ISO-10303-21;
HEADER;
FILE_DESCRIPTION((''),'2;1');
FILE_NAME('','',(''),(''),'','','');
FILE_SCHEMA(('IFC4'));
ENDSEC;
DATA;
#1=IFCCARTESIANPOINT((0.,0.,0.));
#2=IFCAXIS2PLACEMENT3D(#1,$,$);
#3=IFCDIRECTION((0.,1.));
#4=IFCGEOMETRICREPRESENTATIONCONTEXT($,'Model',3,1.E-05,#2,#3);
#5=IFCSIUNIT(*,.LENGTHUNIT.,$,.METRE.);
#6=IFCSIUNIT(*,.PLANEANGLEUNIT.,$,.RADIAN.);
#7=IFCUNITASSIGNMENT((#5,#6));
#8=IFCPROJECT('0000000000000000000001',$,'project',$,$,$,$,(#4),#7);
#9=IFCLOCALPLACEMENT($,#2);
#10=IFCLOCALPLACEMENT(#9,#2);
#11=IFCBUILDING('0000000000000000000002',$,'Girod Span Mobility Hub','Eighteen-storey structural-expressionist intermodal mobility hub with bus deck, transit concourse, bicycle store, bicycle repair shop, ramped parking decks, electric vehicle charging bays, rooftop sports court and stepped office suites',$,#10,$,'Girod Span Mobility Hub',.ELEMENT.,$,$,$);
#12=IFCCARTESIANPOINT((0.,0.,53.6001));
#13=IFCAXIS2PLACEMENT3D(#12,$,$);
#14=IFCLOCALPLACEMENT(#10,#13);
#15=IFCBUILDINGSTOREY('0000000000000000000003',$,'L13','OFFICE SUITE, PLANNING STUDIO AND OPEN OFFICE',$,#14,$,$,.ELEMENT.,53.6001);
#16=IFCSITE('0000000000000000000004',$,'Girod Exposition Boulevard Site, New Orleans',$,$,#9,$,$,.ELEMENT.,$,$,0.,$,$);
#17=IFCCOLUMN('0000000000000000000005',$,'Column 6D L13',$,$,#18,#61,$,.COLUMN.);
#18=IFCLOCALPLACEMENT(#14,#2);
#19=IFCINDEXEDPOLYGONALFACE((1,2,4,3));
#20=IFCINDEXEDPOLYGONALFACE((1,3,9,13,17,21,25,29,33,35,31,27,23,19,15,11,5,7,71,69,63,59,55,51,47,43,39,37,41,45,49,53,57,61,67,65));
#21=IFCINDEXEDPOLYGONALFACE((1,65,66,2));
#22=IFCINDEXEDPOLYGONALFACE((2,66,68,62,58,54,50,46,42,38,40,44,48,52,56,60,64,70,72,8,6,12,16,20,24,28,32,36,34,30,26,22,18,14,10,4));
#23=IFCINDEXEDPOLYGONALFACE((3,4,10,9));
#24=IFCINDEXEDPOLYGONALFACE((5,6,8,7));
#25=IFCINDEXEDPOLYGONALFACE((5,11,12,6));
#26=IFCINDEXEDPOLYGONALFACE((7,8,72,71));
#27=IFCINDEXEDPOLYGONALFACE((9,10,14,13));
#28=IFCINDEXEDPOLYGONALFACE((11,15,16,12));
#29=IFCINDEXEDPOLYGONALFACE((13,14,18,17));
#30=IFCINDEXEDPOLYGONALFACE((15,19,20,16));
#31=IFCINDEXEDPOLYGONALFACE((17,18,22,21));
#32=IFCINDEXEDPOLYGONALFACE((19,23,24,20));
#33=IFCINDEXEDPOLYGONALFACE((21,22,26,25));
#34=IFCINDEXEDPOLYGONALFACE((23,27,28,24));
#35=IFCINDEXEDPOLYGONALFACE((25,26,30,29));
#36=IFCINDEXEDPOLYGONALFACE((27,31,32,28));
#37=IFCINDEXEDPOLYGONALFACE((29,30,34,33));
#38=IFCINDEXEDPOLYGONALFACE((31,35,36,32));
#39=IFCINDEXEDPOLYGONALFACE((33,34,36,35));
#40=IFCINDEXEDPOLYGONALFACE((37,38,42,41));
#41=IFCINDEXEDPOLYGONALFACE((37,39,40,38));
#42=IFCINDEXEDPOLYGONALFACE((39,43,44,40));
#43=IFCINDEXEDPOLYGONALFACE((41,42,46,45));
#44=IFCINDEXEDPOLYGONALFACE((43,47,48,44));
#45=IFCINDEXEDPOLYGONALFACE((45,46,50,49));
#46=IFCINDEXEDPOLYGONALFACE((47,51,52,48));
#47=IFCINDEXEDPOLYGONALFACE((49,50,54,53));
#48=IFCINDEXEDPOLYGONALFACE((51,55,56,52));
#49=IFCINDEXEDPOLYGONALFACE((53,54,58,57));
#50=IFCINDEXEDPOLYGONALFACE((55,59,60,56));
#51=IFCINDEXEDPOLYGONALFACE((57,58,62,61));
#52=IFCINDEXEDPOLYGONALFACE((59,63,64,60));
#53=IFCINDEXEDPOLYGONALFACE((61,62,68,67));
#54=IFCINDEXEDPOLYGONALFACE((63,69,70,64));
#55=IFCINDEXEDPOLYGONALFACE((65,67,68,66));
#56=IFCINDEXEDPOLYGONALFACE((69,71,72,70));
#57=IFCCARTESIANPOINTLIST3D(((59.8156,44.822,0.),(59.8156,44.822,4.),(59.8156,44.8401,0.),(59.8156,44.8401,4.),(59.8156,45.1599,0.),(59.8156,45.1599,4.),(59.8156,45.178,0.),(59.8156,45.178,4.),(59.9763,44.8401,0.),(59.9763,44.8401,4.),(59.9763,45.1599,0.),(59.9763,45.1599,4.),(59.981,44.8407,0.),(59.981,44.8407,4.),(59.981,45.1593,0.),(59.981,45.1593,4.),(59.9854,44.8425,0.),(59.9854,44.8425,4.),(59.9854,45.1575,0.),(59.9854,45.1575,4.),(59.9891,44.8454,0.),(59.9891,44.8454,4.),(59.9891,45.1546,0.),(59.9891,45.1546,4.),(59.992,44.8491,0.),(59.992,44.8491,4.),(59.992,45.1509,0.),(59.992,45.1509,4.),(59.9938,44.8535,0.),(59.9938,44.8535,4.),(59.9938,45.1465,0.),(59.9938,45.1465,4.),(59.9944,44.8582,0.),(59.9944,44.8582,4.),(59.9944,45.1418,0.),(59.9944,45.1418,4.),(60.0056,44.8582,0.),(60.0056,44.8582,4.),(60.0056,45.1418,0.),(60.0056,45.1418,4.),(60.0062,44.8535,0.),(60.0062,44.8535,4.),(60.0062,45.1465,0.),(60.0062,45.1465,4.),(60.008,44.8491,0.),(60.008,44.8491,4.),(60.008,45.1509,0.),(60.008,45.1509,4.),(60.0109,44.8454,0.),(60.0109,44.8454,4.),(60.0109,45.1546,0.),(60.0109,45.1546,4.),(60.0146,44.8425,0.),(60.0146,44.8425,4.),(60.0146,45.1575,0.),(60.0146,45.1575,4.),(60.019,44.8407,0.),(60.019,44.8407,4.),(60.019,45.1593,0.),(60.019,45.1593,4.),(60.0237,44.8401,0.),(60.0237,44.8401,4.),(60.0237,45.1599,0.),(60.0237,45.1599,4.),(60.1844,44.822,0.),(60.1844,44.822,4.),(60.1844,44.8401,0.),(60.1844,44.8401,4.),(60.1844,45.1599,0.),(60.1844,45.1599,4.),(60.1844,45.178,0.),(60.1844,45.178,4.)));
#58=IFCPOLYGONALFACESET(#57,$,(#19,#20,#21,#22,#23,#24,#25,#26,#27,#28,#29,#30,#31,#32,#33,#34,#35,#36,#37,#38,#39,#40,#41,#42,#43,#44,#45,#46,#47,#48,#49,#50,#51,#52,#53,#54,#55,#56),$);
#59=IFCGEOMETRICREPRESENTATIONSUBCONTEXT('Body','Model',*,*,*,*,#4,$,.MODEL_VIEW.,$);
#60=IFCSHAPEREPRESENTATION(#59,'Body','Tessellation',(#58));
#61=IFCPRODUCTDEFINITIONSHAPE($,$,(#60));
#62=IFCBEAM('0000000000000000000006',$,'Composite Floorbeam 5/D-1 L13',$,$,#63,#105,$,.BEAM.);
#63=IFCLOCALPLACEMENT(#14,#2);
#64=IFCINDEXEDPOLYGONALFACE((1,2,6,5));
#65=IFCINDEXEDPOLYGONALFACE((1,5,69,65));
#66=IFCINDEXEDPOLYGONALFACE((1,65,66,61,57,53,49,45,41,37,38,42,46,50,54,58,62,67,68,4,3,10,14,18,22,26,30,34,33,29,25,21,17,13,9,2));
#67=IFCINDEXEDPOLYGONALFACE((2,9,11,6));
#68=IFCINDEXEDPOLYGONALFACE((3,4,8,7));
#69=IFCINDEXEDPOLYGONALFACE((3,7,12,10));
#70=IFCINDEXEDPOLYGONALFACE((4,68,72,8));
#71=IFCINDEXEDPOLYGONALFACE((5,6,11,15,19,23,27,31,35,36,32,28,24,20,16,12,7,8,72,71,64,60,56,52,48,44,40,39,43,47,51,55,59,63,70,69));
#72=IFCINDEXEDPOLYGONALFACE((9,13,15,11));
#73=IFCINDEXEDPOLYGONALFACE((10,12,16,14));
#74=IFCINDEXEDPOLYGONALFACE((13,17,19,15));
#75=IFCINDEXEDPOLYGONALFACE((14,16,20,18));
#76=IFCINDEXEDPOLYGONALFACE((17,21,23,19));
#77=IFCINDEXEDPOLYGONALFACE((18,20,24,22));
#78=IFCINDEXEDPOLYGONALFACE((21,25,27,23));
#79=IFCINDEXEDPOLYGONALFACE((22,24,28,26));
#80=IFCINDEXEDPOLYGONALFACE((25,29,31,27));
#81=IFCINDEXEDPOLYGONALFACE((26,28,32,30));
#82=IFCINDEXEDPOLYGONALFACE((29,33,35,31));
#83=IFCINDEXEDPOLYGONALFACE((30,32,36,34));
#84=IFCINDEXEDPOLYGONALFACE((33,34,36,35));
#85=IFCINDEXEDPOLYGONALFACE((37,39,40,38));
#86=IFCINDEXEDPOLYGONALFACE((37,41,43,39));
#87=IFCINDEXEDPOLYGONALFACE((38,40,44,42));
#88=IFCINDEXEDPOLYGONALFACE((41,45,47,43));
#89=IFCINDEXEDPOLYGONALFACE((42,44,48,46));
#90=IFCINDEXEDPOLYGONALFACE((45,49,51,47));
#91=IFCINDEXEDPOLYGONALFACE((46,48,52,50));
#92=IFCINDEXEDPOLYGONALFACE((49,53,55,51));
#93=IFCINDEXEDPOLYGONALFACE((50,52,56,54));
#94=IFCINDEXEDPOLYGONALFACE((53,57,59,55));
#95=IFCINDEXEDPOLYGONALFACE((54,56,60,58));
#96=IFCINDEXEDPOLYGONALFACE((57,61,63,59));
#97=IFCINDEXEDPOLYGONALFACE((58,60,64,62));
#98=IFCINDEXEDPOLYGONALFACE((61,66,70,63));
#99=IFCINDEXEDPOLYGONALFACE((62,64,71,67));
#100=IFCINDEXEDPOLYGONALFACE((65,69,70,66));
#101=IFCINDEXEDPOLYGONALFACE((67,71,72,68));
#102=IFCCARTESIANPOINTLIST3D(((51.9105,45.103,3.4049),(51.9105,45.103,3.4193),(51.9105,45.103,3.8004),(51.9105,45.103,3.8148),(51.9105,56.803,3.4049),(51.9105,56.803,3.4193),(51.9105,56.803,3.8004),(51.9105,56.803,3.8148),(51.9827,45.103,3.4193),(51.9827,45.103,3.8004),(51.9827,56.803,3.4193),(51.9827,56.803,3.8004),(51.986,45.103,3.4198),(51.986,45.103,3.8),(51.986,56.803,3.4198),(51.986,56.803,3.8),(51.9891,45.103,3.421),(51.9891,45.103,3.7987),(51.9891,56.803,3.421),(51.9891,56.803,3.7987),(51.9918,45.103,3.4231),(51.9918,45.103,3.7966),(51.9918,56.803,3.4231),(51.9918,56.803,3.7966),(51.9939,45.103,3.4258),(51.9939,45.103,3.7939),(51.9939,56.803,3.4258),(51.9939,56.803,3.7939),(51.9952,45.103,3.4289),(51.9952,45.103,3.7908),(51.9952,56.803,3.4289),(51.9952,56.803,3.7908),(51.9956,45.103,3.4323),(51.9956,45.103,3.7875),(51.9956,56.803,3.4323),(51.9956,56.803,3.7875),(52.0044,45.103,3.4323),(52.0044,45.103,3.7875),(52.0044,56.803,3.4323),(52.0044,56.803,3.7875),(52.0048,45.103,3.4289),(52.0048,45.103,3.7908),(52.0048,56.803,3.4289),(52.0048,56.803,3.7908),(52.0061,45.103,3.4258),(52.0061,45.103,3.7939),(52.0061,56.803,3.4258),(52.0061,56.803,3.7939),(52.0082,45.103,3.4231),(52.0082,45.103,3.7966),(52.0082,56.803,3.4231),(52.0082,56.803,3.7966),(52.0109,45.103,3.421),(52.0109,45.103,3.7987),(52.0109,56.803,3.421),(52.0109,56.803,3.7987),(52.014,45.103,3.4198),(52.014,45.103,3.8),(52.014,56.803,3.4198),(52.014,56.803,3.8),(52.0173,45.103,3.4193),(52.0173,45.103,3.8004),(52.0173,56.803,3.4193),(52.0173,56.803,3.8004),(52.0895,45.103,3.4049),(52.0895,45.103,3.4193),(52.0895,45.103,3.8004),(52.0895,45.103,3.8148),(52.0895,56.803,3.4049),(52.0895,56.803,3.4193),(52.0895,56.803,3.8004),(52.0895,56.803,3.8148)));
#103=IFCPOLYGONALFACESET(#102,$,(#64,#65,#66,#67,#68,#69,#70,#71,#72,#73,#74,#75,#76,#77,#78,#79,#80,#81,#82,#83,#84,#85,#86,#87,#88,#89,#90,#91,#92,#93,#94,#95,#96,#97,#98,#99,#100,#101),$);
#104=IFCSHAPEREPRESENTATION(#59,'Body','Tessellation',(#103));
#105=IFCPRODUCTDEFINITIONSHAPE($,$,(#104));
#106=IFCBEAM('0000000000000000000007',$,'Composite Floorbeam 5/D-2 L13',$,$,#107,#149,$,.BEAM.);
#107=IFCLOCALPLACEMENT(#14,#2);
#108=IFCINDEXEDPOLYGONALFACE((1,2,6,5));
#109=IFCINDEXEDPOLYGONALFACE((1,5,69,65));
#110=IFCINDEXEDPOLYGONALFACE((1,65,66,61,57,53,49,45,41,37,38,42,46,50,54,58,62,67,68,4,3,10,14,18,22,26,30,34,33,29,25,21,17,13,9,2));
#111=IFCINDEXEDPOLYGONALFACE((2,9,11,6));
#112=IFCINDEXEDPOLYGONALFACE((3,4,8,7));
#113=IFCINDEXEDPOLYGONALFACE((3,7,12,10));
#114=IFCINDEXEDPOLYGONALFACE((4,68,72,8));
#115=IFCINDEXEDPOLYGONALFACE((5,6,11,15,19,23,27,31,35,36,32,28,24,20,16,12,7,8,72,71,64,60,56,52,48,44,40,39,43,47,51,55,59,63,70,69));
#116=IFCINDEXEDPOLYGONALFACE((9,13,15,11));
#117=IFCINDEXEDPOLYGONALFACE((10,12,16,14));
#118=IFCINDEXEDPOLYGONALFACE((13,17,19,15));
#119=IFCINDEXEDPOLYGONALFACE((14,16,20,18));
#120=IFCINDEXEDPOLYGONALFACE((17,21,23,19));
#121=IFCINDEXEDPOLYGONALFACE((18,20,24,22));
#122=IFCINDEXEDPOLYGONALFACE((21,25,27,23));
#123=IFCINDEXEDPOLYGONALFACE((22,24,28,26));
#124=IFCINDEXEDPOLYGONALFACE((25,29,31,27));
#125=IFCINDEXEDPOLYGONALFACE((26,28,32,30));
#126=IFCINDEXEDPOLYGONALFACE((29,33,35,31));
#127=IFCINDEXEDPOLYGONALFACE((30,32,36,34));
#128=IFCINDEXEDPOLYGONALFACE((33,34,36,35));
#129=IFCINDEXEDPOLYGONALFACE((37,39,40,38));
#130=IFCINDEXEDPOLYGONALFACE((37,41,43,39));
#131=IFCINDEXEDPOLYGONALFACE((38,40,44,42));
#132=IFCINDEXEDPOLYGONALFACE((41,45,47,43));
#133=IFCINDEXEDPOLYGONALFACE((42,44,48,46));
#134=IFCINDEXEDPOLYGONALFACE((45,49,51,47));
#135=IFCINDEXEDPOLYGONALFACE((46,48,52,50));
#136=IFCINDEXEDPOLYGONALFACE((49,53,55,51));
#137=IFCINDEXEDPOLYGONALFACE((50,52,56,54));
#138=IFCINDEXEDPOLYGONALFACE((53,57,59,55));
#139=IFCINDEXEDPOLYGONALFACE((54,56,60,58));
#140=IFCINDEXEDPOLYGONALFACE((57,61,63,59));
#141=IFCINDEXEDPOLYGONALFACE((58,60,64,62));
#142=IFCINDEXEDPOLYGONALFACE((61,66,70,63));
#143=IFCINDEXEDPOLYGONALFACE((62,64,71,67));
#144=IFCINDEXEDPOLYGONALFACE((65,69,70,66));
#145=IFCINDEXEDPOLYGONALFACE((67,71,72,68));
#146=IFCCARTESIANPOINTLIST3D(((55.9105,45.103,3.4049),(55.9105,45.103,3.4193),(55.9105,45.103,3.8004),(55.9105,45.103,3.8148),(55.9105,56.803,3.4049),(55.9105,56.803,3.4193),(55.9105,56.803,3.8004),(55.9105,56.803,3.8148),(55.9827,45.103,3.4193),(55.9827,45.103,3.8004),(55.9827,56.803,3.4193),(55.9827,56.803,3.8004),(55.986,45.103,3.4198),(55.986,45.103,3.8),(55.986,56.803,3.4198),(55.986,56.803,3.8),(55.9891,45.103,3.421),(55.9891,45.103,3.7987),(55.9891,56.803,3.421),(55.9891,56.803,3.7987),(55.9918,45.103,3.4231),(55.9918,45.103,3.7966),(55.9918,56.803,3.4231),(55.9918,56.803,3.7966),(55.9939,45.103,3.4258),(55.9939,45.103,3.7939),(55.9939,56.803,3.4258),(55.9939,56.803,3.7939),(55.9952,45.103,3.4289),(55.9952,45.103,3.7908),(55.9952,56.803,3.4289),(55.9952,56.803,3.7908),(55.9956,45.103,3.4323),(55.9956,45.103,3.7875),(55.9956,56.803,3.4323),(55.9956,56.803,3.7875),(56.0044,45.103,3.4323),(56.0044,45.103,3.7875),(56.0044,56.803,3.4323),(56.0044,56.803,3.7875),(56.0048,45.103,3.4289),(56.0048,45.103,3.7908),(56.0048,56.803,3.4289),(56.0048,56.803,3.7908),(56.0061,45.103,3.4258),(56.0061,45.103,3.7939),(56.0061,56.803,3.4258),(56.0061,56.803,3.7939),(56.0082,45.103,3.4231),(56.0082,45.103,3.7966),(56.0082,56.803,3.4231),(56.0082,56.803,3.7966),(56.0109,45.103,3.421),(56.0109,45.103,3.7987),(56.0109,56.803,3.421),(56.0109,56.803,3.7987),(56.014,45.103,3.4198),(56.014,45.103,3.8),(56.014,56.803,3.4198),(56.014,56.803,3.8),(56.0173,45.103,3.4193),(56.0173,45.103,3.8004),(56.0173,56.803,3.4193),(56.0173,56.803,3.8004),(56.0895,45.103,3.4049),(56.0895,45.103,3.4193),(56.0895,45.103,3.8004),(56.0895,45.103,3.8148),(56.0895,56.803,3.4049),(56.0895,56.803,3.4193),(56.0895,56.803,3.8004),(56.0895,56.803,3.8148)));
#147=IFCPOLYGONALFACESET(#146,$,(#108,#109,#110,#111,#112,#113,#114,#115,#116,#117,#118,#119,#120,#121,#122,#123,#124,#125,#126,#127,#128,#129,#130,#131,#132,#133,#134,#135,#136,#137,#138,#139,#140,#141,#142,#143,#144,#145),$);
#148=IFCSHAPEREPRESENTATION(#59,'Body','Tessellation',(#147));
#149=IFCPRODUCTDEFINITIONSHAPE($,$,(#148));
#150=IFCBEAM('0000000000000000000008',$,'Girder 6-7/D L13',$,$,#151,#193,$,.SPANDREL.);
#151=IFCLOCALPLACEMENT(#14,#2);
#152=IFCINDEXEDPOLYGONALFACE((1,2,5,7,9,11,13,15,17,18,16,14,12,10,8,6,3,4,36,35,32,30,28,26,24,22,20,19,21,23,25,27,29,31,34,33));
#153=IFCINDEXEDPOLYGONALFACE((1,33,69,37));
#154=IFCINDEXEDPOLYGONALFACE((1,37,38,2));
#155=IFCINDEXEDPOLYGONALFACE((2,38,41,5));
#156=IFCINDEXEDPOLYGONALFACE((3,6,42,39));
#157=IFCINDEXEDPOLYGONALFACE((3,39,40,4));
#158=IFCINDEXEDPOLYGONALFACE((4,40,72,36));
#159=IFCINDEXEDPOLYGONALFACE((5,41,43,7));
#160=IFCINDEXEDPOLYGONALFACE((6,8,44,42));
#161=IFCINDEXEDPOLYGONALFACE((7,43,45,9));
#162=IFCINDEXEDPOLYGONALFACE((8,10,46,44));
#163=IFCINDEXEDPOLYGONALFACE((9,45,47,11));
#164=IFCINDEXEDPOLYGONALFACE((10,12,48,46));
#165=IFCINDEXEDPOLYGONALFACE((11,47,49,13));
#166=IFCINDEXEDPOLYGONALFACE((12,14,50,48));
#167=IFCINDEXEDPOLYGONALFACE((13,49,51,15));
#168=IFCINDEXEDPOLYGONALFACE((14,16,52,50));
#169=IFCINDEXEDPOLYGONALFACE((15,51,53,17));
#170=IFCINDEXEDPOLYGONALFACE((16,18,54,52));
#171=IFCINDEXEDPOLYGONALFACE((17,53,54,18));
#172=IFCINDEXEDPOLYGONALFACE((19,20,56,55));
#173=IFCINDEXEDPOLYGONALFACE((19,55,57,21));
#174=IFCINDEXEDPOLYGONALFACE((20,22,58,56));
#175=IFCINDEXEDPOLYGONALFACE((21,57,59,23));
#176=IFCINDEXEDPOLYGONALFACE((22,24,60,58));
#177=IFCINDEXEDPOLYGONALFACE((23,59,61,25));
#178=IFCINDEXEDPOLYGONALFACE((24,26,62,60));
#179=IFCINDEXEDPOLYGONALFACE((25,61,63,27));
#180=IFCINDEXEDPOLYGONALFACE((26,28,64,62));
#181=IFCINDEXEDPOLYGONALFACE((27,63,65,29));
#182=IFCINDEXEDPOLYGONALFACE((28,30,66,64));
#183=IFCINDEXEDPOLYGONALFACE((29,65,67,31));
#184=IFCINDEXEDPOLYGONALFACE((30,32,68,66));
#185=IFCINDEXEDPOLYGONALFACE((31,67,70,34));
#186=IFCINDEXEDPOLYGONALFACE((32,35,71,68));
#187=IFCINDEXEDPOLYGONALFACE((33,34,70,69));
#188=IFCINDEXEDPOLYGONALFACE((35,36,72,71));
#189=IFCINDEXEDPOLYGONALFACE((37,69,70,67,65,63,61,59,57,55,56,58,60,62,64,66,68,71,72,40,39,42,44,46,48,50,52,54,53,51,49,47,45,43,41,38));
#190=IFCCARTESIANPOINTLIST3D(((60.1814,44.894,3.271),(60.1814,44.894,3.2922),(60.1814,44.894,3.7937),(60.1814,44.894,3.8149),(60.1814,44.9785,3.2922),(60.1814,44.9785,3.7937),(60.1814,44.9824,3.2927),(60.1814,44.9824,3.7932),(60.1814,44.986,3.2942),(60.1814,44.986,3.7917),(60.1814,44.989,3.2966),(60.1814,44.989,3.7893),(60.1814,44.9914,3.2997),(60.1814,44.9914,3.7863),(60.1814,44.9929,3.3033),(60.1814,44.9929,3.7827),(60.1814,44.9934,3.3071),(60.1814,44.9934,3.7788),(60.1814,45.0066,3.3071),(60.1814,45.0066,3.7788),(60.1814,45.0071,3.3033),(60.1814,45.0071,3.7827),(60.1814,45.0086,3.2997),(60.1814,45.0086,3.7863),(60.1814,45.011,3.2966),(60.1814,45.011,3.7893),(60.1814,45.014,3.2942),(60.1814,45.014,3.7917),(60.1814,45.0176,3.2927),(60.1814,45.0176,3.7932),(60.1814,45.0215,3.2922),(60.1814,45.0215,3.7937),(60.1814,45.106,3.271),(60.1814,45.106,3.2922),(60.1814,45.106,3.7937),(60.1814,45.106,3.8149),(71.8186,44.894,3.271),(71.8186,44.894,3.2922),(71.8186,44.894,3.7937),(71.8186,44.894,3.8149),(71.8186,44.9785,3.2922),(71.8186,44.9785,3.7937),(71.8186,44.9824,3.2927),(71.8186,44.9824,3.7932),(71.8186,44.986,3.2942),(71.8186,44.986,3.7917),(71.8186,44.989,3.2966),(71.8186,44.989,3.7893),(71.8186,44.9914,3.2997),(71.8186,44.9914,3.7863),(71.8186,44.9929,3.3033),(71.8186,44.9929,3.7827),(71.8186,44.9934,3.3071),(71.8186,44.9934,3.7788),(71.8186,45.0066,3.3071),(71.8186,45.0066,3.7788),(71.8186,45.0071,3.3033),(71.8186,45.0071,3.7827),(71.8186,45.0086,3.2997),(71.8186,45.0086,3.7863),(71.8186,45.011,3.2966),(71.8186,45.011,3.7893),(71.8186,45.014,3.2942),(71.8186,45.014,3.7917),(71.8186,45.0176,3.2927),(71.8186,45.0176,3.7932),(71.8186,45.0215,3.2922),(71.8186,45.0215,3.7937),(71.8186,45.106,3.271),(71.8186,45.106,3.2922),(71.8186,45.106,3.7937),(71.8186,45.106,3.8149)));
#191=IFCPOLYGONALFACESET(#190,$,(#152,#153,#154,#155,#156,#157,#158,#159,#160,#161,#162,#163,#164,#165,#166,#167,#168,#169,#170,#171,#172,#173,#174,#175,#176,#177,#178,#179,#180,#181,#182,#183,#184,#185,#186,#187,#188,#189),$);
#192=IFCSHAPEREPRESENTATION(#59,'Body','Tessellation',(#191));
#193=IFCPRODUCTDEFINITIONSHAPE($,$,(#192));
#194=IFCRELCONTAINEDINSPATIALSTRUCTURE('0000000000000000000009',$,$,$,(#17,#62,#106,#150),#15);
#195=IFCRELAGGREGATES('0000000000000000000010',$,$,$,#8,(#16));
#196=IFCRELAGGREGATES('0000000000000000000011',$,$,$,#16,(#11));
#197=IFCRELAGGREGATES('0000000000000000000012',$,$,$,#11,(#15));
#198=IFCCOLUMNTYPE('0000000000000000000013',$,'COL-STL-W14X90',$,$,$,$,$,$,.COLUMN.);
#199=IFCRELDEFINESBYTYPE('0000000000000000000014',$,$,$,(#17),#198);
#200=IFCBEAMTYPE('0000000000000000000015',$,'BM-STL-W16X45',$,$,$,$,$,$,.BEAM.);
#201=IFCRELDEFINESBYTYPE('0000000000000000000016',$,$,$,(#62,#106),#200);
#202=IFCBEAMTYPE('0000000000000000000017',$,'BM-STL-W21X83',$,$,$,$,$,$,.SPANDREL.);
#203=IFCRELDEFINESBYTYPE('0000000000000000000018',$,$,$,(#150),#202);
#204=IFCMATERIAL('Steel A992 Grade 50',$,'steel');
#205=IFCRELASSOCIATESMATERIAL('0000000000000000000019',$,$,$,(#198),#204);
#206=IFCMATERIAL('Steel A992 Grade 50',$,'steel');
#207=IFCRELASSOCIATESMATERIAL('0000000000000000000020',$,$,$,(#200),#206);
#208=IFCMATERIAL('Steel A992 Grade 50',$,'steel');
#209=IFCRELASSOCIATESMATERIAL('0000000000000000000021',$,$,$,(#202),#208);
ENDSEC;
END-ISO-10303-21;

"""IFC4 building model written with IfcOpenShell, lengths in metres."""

from ifc_helpers import new_model, si_unit, direction, frame, origin, origin_2d, place, context, subcontext, project, spatial, i_section, extrude, material, material_profile, profile_set, type_object, element, save


model = new_model("IFC4")

# Units and contexts
model_context = context("Model", 3, precision=1e-05, world=origin(), true_north=direction((0.0, 1.0)))
body_context = subcontext(model_context, "Body", "Model", "MODEL_VIEW")
ifc_project = project(units=[si_unit("LENGTHUNIT", "METRE"), si_unit("PLANEANGLEUNIT", "RADIAN")], contexts=[model_context])

# Site, building, storey
site_placement = place(None, origin())
site = spatial("IfcSite", under=ifc_project, at=site_placement, Name="Girod Exposition Boulevard Site, New Orleans", CompositionType="ELEMENT", RefElevation=0.0)
building_placement = place(site_placement, origin())
building = spatial("IfcBuilding", under=site, at=building_placement, Name="Girod Span Mobility Hub", Description="Eighteen-storey structural-expressionist intermodal mobility hub with bus deck, transit concourse, bicycle store, bicycle repair shop, ramped parking decks, electric vehicle charging bays, rooftop sports court and stepped office suites", LongName="Girod Span Mobility Hub", CompositionType="ELEMENT")
storey_placement = place(building_placement, frame((0.0, 0.0, 53.6001)))
storey = spatial("IfcBuildingStorey", under=building, at=storey_placement, Name="L13", Description="OFFICE SUITE, PLANNING STUDIO AND OPEN OFFICE", CompositionType="ELEMENT", Elevation=53.6001)

# Column
ifc_material_1 = material(Name="Steel A992 Grade 50", Category="steel")
ifc_material_profile_1 = material_profile(ifc_material_1, i_section(OverallWidth=0.3689, OverallDepth=0.356, WebThickness=0.0112, FlangeThickness=0.0181, FilletRadius=0.0181, at=origin_2d()), Name="W14X90")
ifc_profile_set_1 = profile_set([ifc_material_profile_1], Name="Steel A992 Grade 50")
column_type = type_object("IfcColumnType", Name="COL-STL-W14X90", PredefinedType="COLUMN", material=ifc_profile_set_1)
column_placement = place(storey_placement, frame((60.0, 45.0, 0.0), z_axis=(0.0, 0.0, 1.0), x_axis=(1.0, 0.0, 0.0)))
element("IfcColumn", 1, at=column_placement, inside=storey, type_object=column_type, Name="Column 6D L13", PredefinedType="COLUMN", context=body_context, shape_type="SweptSolid", body=[
    extrude(i_section(OverallWidth=0.3689, OverallDepth=0.356, WebThickness=0.0112, FlangeThickness=0.0181, FilletRadius=0.0181, at=origin_2d()), origin(), (0.0, 0.0, 1.0), 4.0),
])

# Beams
ifc_material_2 = material(Name="Steel A992 Grade 50", Category="steel")
ifc_material_profile_2 = material_profile(ifc_material_2, i_section(OverallWidth=0.179, OverallDepth=0.4099, WebThickness=0.0088, FlangeThickness=0.0144, FilletRadius=0.0129, at=origin_2d()), Name="W16X45")
ifc_profile_set_2 = profile_set([ifc_material_profile_2], Name="Steel A992 Grade 50")
beam_type_1 = type_object("IfcBeamType", Name="BM-STL-W16X45", PredefinedType="BEAM", material=ifc_profile_set_2)
for number, where, z_axis, x_axis, name in (
    (2, (52.0, 45.103, 3.6099), (0.0, 1.0, 0.0), (-1.0, 0.0, 0.0), "Composite Floorbeam 5/D-1 L13"),
    (3, (56.0, 45.103, 3.6099), (0.0, 1.0, 0.0), (-1.0, 0.0, 0.0), "Composite Floorbeam 5/D-2 L13"),
):
    element("IfcBeam", number, at=place(storey_placement, frame(where, z_axis=z_axis, x_axis=x_axis)), inside=storey, type_object=beam_type_1, Name=name, PredefinedType="BEAM", context=body_context, shape_type="SweptSolid", body=[
        extrude(i_section(OverallWidth=0.179, OverallDepth=0.4099, WebThickness=0.0088, FlangeThickness=0.0144, FilletRadius=0.0129, at=origin_2d()), origin(), (0.0, 0.0, 1.0), 11.7),
    ])
ifc_material_3 = material(Name="Steel A992 Grade 50", Category="steel")
ifc_material_profile_3 = material_profile(ifc_material_3, i_section(OverallWidth=0.2119, OverallDepth=0.5439, WebThickness=0.0132, FlangeThickness=0.0212, FilletRadius=0.0149, at=origin_2d()), Name="W21X83")
ifc_profile_set_3 = profile_set([ifc_material_profile_3], Name="Steel A992 Grade 50")
beam_type_2 = type_object("IfcBeamType", Name="BM-STL-W21X83", PredefinedType="SPANDREL", material=ifc_profile_set_3)
beam_1_placement = place(storey_placement, frame((60.1814, 45.0, 3.543), z_axis=(1.0, 0.0, 0.0), x_axis=(0.0, 1.0, 0.0)))
element("IfcBeam", 4, at=beam_1_placement, inside=storey, type_object=beam_type_2, Name="Girder 6-7/D L13", PredefinedType="SPANDREL", context=body_context, shape_type="SweptSolid", body=[
    extrude(i_section(OverallWidth=0.2119, OverallDepth=0.5439, WebThickness=0.0132, FlangeThickness=0.0212, FilletRadius=0.0149, at=origin_2d()), origin(), (0.0, 0.0, 1.0), 11.6372),
])

save(model, "model.ifc")
